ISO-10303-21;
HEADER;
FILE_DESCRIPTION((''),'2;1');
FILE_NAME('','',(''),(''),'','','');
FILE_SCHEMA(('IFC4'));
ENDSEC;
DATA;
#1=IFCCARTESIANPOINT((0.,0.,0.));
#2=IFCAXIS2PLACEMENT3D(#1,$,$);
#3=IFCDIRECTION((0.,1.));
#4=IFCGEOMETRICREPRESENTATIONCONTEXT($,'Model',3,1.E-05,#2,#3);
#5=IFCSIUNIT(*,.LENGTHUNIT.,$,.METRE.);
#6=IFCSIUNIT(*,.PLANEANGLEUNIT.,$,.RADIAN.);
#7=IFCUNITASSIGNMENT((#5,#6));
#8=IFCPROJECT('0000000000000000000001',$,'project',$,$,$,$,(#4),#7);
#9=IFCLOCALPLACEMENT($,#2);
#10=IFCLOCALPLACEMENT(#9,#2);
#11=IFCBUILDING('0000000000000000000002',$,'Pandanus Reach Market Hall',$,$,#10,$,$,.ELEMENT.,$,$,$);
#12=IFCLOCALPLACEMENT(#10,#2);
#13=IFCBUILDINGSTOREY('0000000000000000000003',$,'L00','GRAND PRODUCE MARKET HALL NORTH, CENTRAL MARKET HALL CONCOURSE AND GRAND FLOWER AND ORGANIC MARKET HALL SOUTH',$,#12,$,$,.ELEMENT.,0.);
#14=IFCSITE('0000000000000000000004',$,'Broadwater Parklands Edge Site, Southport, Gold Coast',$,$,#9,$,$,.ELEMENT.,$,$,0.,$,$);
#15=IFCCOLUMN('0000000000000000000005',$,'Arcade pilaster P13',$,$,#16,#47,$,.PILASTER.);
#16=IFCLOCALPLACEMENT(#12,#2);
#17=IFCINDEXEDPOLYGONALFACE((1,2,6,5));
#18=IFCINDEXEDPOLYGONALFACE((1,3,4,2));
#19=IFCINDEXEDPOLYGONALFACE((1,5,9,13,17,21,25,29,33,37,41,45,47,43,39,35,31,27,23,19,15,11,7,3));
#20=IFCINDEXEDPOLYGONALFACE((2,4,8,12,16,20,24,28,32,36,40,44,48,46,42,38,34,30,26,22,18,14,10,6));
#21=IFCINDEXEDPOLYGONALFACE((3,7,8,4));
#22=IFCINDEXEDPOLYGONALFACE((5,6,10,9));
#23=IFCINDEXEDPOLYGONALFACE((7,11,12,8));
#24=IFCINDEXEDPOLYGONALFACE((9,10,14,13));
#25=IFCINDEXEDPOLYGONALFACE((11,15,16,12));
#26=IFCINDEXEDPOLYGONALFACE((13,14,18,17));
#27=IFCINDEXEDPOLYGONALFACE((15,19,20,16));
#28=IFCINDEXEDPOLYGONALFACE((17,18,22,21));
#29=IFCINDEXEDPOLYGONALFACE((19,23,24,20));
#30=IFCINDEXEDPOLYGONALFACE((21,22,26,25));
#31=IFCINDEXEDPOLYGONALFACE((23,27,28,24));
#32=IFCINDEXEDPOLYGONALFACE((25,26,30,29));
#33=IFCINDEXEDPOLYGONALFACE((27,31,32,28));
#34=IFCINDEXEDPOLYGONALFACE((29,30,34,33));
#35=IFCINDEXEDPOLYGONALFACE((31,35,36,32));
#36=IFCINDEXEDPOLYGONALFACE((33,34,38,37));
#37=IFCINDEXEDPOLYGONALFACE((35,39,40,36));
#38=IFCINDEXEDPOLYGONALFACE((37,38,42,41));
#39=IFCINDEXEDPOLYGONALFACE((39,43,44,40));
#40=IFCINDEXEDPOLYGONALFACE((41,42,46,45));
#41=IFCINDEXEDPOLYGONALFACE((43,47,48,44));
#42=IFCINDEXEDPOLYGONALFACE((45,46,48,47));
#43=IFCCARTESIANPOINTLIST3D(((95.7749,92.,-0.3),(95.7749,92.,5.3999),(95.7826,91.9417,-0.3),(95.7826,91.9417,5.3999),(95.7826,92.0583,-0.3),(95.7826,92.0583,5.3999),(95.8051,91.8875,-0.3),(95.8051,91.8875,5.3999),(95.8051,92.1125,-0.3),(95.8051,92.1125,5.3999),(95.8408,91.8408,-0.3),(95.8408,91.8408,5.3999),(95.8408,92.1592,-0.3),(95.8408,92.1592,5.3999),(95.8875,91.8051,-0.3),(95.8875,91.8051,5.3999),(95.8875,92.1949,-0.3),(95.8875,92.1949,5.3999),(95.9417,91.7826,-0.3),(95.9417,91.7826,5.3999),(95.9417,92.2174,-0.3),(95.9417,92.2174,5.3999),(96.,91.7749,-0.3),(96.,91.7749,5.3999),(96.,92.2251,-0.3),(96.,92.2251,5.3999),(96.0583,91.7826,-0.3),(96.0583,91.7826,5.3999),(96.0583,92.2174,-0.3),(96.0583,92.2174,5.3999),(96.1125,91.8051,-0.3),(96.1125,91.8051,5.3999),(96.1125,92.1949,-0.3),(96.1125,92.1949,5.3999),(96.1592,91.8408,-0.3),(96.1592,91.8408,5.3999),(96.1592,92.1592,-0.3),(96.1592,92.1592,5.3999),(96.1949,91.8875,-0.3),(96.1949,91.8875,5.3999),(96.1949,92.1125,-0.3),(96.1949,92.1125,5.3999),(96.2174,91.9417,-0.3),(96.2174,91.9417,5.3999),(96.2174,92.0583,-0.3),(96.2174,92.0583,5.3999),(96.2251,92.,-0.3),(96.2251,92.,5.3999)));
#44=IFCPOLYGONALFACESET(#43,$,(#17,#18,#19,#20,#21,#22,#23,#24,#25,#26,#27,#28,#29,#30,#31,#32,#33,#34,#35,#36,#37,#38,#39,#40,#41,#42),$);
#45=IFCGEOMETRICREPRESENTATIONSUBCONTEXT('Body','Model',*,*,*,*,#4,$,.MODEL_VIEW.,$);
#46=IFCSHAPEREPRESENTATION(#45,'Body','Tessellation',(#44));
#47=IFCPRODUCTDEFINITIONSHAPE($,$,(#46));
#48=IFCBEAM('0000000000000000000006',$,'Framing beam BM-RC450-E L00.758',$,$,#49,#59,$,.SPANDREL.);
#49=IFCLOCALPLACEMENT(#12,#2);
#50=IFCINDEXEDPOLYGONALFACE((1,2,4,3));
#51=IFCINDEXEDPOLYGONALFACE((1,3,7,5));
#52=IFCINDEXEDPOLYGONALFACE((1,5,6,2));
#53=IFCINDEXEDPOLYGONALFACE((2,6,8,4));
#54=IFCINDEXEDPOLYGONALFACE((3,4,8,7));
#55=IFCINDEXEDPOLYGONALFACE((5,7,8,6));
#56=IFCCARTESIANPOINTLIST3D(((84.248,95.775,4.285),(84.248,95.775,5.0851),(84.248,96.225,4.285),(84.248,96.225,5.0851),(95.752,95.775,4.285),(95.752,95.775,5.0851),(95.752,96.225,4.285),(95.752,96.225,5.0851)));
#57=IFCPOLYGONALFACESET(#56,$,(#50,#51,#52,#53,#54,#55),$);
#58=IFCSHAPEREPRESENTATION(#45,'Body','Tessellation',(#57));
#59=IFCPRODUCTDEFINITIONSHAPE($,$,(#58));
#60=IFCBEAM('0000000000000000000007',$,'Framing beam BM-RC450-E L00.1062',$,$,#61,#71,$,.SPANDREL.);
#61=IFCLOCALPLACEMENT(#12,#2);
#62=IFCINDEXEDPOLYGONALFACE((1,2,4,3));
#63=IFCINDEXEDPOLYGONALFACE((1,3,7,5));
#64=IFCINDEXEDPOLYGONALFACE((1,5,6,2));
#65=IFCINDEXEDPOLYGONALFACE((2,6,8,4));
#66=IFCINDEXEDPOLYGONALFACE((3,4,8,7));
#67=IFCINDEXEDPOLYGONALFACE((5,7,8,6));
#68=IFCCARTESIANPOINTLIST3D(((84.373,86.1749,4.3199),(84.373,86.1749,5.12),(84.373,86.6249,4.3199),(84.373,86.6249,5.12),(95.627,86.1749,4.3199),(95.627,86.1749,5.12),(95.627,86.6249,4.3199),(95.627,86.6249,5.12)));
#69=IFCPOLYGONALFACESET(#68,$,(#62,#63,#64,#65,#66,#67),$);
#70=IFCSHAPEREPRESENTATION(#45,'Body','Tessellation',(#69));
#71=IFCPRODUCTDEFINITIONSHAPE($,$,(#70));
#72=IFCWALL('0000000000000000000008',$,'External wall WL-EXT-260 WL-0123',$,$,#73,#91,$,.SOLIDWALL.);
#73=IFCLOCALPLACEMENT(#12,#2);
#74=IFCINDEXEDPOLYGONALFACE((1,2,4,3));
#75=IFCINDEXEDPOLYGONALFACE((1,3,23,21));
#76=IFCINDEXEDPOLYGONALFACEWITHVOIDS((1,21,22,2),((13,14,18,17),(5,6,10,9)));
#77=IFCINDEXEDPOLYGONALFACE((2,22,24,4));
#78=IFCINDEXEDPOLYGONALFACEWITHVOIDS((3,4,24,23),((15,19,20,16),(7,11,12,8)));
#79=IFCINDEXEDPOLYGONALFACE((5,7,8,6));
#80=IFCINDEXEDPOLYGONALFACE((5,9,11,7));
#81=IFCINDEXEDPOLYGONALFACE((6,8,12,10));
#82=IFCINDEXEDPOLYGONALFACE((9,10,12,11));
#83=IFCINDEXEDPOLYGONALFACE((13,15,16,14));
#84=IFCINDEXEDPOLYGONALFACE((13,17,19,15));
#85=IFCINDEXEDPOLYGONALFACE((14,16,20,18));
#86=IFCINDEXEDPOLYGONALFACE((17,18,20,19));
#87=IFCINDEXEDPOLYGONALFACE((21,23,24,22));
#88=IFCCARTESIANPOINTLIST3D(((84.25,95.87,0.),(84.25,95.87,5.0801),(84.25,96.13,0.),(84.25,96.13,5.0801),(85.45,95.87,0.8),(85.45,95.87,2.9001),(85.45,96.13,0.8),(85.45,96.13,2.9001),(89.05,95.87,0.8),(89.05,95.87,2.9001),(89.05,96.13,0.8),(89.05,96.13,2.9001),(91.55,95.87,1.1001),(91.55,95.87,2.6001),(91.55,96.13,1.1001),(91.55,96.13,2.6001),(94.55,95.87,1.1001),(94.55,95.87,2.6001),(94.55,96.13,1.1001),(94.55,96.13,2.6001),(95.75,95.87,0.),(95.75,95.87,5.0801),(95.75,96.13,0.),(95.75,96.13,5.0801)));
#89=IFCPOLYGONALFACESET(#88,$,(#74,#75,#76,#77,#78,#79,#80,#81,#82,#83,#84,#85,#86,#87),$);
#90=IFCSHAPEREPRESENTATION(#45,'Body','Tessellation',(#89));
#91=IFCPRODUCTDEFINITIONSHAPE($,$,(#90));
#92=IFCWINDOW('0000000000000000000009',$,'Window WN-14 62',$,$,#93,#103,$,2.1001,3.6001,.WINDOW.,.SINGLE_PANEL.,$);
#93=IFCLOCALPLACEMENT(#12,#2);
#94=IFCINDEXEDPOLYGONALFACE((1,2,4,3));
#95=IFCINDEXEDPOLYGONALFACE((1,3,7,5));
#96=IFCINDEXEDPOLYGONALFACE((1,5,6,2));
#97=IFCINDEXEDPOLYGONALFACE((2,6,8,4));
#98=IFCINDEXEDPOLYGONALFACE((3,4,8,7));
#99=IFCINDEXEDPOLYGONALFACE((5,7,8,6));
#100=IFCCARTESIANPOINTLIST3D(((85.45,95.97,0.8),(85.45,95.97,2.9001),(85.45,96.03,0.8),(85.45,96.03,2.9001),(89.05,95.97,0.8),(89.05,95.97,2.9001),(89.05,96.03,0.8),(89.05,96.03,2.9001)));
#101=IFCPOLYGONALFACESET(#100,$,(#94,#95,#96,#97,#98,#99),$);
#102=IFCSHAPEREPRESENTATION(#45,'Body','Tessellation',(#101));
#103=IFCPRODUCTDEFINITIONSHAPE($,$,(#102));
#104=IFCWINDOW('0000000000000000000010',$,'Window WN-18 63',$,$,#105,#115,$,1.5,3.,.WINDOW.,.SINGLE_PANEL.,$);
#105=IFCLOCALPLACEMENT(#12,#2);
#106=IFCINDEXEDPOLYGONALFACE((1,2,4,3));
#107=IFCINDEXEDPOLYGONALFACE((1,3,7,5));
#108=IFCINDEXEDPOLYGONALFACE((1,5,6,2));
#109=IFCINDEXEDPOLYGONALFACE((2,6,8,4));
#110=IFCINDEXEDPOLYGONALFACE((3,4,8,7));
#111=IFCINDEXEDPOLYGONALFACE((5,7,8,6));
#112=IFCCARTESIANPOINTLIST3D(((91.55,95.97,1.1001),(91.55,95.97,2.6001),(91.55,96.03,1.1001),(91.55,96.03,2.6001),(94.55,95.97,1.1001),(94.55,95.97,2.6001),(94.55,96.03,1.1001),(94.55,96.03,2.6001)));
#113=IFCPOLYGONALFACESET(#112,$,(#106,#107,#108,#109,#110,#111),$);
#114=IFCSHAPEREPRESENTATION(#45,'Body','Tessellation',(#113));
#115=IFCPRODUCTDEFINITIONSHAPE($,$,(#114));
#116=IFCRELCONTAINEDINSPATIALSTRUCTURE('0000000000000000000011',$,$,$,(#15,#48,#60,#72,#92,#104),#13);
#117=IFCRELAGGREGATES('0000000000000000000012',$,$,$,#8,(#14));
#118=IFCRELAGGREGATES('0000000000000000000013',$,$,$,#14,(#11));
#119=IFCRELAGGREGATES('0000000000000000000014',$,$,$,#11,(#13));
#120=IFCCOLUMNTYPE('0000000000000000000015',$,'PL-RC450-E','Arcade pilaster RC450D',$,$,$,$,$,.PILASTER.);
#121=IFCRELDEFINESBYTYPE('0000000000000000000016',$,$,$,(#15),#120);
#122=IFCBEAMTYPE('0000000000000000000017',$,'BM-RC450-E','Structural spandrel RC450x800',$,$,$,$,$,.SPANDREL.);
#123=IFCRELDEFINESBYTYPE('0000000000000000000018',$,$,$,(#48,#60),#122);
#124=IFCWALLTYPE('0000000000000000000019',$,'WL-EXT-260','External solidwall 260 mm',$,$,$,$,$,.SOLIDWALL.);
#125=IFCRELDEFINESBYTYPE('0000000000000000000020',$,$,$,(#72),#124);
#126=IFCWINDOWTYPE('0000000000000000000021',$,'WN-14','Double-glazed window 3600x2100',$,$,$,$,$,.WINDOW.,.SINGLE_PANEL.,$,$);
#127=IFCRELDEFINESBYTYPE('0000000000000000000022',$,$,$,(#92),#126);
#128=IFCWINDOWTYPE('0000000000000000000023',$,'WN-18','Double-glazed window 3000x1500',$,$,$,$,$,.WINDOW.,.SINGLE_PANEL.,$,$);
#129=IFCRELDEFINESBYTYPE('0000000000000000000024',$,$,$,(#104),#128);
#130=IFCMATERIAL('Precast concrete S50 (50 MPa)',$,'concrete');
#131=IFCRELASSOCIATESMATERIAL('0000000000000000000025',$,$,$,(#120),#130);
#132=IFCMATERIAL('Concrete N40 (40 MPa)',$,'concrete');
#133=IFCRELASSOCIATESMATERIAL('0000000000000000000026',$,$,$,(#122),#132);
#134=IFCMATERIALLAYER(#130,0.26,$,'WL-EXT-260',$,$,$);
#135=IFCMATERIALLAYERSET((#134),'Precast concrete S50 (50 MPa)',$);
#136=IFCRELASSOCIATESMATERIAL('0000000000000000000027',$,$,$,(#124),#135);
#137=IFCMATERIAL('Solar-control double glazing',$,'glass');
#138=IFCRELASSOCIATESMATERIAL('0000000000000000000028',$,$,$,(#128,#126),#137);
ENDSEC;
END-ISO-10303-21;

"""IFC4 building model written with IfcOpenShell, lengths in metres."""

from ifc_helpers import new_model, si_unit, direction, frame, frame_2d, origin, origin_2d, place, context, subcontext, project, spatial, rectangle, circle, extrude, material, layer, layer_set, material_profile, profile_set, type_object, element, fill, save


model = new_model("IFC4")

# Units and contexts
model_context = context("Model", 3, precision=1e-05, world=origin(), true_north=direction((0.0, 1.0)))
body_context = subcontext(model_context, "Body", "Model", "MODEL_VIEW")
ifc_project = project(units=[si_unit("LENGTHUNIT", "METRE"), si_unit("PLANEANGLEUNIT", "RADIAN")], contexts=[model_context])

# Site, building, storey
site_placement = place(None, origin())
site = spatial("IfcSite", under=ifc_project, at=site_placement, Name="Broadwater Parklands Edge Site, Southport, Gold Coast", CompositionType="ELEMENT", RefElevation=0.0)
building_placement = place(site_placement, origin())
building = spatial("IfcBuilding", under=site, at=building_placement, Name="Pandanus Reach Market Hall", CompositionType="ELEMENT")
storey_placement = place(building_placement, origin())
storey = spatial("IfcBuildingStorey", under=building, at=storey_placement, Name="L00", Description="GRAND PRODUCE MARKET HALL NORTH, CENTRAL MARKET HALL CONCOURSE AND GRAND FLOWER AND ORGANIC MARKET HALL SOUTH", CompositionType="ELEMENT", Elevation=0.0)

# Shared definitions
ifc_material_1 = material(Name="Concrete N40 (40 MPa)", Category="concrete")

# Column
ifc_material_2 = material(Name="Precast concrete S50 (50 MPa)", Category="concrete")
ifc_material_profile_1 = material_profile(ifc_material_2, circle(Radius=0.2251, at=origin_2d()), Name="RC450D", Category="LoadBearing")
ifc_profile_set_1 = profile_set([ifc_material_profile_1], Name="Precast concrete S50 (50 MPa)")
column_type_1 = type_object("IfcColumnType", Name="PL-RC450-E", Description="Arcade pilaster RC450D", PredefinedType="PILASTER", material=ifc_profile_set_1)
for number, where, z_axis, x_axis, name in (
    (1, (96.0, 92.0, -0.3), (0.0, 0.0, 1.0), (1.0, 0.0, 0.0), "Arcade pilaster P13"),
):
    element("IfcColumn", number, at=place(storey_placement, frame(where, z_axis=z_axis, x_axis=x_axis)), inside=storey, type_object=column_type_1, Name=name, PredefinedType="PILASTER", context=body_context, shape_type="SweptSolid", body=[
        extrude(circle(Radius=0.2251, at=origin_2d()), origin(), (0.0, 0.0, 1.0), 5.7),
    ])

# Beams
ifc_material_profile_2 = material_profile(ifc_material_1, rectangle(XDim=0.45, YDim=0.8, at=origin_2d()), Name="RC450x800", Category="LoadBearing")
ifc_profile_set_2 = profile_set([ifc_material_profile_2], Name="Concrete N40 (40 MPa)")
beam_type = type_object("IfcBeamType", Name="BM-RC450-E", Description="Structural spandrel RC450x800", PredefinedType="SPANDREL", material=ifc_profile_set_2)
beam_1_placement = place(storey_placement, frame((84.248, 96.0, 4.6851), z_axis=(1.0, 0.0, 0.0), x_axis=(0.0, 1.0, 0.0)))
element("IfcBeam", 2, at=beam_1_placement, inside=storey, type_object=beam_type, Name="Framing beam BM-RC450-E L00.758", PredefinedType="SPANDREL", context=body_context, shape_type="SweptSolid", body=[
    extrude(rectangle(XDim=0.45, YDim=0.8, at=origin_2d()), origin(), (0.0, 0.0, 1.0), 11.5039),
])
beam_2_placement = place(storey_placement, frame((84.373, 86.3999, 4.72), z_axis=(1.0, 0.0, 0.0), x_axis=(0.0, 1.0, 0.0)))
element("IfcBeam", 3, at=beam_2_placement, inside=storey, type_object=beam_type, Name="Framing beam BM-RC450-E L00.1062", PredefinedType="SPANDREL", context=body_context, shape_type="SweptSolid", body=[
    extrude(rectangle(XDim=0.45, YDim=0.8, at=origin_2d()), origin(), (0.0, 0.0, 1.0), 11.2539),
])

# Shared definitions
ifc_layer = layer(ifc_material_2, 0.26, Name="WL-EXT-260")
ifc_layer_set = layer_set([ifc_layer], Name="Precast concrete S50 (50 MPa)")
wall_type = type_object("IfcWallType", Name="WL-EXT-260", Description="External solidwall 260 mm", PredefinedType="SOLIDWALL", material=ifc_layer_set)
ifc_material_3 = material(Name="Solar-control double glazing", Category="glass")
window_type_1 = type_object("IfcWindowType", Name="WN-18", Description="Double-glazed window 3000x1500", PartitioningType="SINGLE_PANEL", PredefinedType="WINDOW", material=ifc_material_3)

# Wall, openings, windows
wall_1_placement = place(storey_placement, frame((84.25, 96.0, 0.0), z_axis=(0.0, 0.0, 1.0), x_axis=(1.0, 0.0, 0.0)))
wall_1 = element("IfcWall", 4, at=wall_1_placement, inside=storey, type_object=wall_type, Name="External wall WL-EXT-260 WL-0123", PredefinedType="SOLIDWALL", context=body_context, shape_type="SweptSolid", body=[
    extrude(rectangle(XDim=11.5, YDim=0.26, at=frame_2d((5.75, 0.0))), origin(), (0.0, 0.0, 1.0), 5.0801),
])
opening_1_placement = place(wall_1_placement, frame((1.2, 0.0, 0.8)))
opening_1 = element("IfcOpeningElement", 5, at=opening_1_placement, cuts=wall_1, PredefinedType="OPENING", context=body_context, shape_type="SweptSolid", body=[
    extrude(rectangle(XDim=3.6001, YDim=2.1001, at=frame_2d((1.8, 1.05))), frame((0.0, 0.145, 0.0), z_axis=(0.0, -1.0, 0.0), x_axis=(1.0, 0.0, 0.0)), (0.0, 0.0, 1.0), 0.29),
])
opening_2_placement = place(wall_1_placement, frame((7.3, 0.0, 1.1001)))
opening_2 = element("IfcOpeningElement", 6, at=opening_2_placement, cuts=wall_1, PredefinedType="OPENING", context=body_context, shape_type="SweptSolid", body=[
    extrude(rectangle(XDim=3.0, YDim=1.5, at=frame_2d((1.5, 0.75))), frame((0.0, 0.145, 0.0), z_axis=(0.0, -1.0, 0.0), x_axis=(1.0, 0.0, 0.0)), (0.0, 0.0, 1.0), 0.29),
])
window_type_2 = type_object("IfcWindowType", Name="WN-14", Description="Double-glazed window 3600x2100", PartitioningType="SINGLE_PANEL", PredefinedType="WINDOW", material=ifc_material_3)
window_1_placement = place(opening_1_placement, origin())
window_1 = element("IfcWindow", 7, at=window_1_placement, inside=storey, type_object=window_type_2, Name="Window WN-14 62", OverallHeight=2.1001, OverallWidth=3.6001, PartitioningType="SINGLE_PANEL", PredefinedType="WINDOW", context=body_context, shape_type="SweptSolid", body=[
    extrude(rectangle(XDim=3.6001, YDim=2.1001, at=frame_2d((1.8, 1.05))), frame((0.0, 0.03, 0.0), z_axis=(0.0, -1.0, 0.0), x_axis=(1.0, 0.0, 0.0)), (0.0, 0.0, 1.0), 0.0601),
])
fill(opening_1, window_1)
window_2_placement = place(opening_2_placement, origin())
window_2 = element("IfcWindow", 8, at=window_2_placement, inside=storey, type_object=window_type_1, Name="Window WN-18 63", OverallHeight=1.5, OverallWidth=3.0, PartitioningType="SINGLE_PANEL", PredefinedType="WINDOW", context=body_context, shape_type="SweptSolid", body=[
    extrude(rectangle(XDim=3.0, YDim=1.5, at=frame_2d((1.5, 0.75))), frame((0.0, 0.03, 0.0), z_axis=(0.0, -1.0, 0.0), x_axis=(1.0, 0.0, 0.0)), (0.0, 0.0, 1.0), 0.0601),
])
fill(opening_2, window_2)

save(model, "model.ifc")
